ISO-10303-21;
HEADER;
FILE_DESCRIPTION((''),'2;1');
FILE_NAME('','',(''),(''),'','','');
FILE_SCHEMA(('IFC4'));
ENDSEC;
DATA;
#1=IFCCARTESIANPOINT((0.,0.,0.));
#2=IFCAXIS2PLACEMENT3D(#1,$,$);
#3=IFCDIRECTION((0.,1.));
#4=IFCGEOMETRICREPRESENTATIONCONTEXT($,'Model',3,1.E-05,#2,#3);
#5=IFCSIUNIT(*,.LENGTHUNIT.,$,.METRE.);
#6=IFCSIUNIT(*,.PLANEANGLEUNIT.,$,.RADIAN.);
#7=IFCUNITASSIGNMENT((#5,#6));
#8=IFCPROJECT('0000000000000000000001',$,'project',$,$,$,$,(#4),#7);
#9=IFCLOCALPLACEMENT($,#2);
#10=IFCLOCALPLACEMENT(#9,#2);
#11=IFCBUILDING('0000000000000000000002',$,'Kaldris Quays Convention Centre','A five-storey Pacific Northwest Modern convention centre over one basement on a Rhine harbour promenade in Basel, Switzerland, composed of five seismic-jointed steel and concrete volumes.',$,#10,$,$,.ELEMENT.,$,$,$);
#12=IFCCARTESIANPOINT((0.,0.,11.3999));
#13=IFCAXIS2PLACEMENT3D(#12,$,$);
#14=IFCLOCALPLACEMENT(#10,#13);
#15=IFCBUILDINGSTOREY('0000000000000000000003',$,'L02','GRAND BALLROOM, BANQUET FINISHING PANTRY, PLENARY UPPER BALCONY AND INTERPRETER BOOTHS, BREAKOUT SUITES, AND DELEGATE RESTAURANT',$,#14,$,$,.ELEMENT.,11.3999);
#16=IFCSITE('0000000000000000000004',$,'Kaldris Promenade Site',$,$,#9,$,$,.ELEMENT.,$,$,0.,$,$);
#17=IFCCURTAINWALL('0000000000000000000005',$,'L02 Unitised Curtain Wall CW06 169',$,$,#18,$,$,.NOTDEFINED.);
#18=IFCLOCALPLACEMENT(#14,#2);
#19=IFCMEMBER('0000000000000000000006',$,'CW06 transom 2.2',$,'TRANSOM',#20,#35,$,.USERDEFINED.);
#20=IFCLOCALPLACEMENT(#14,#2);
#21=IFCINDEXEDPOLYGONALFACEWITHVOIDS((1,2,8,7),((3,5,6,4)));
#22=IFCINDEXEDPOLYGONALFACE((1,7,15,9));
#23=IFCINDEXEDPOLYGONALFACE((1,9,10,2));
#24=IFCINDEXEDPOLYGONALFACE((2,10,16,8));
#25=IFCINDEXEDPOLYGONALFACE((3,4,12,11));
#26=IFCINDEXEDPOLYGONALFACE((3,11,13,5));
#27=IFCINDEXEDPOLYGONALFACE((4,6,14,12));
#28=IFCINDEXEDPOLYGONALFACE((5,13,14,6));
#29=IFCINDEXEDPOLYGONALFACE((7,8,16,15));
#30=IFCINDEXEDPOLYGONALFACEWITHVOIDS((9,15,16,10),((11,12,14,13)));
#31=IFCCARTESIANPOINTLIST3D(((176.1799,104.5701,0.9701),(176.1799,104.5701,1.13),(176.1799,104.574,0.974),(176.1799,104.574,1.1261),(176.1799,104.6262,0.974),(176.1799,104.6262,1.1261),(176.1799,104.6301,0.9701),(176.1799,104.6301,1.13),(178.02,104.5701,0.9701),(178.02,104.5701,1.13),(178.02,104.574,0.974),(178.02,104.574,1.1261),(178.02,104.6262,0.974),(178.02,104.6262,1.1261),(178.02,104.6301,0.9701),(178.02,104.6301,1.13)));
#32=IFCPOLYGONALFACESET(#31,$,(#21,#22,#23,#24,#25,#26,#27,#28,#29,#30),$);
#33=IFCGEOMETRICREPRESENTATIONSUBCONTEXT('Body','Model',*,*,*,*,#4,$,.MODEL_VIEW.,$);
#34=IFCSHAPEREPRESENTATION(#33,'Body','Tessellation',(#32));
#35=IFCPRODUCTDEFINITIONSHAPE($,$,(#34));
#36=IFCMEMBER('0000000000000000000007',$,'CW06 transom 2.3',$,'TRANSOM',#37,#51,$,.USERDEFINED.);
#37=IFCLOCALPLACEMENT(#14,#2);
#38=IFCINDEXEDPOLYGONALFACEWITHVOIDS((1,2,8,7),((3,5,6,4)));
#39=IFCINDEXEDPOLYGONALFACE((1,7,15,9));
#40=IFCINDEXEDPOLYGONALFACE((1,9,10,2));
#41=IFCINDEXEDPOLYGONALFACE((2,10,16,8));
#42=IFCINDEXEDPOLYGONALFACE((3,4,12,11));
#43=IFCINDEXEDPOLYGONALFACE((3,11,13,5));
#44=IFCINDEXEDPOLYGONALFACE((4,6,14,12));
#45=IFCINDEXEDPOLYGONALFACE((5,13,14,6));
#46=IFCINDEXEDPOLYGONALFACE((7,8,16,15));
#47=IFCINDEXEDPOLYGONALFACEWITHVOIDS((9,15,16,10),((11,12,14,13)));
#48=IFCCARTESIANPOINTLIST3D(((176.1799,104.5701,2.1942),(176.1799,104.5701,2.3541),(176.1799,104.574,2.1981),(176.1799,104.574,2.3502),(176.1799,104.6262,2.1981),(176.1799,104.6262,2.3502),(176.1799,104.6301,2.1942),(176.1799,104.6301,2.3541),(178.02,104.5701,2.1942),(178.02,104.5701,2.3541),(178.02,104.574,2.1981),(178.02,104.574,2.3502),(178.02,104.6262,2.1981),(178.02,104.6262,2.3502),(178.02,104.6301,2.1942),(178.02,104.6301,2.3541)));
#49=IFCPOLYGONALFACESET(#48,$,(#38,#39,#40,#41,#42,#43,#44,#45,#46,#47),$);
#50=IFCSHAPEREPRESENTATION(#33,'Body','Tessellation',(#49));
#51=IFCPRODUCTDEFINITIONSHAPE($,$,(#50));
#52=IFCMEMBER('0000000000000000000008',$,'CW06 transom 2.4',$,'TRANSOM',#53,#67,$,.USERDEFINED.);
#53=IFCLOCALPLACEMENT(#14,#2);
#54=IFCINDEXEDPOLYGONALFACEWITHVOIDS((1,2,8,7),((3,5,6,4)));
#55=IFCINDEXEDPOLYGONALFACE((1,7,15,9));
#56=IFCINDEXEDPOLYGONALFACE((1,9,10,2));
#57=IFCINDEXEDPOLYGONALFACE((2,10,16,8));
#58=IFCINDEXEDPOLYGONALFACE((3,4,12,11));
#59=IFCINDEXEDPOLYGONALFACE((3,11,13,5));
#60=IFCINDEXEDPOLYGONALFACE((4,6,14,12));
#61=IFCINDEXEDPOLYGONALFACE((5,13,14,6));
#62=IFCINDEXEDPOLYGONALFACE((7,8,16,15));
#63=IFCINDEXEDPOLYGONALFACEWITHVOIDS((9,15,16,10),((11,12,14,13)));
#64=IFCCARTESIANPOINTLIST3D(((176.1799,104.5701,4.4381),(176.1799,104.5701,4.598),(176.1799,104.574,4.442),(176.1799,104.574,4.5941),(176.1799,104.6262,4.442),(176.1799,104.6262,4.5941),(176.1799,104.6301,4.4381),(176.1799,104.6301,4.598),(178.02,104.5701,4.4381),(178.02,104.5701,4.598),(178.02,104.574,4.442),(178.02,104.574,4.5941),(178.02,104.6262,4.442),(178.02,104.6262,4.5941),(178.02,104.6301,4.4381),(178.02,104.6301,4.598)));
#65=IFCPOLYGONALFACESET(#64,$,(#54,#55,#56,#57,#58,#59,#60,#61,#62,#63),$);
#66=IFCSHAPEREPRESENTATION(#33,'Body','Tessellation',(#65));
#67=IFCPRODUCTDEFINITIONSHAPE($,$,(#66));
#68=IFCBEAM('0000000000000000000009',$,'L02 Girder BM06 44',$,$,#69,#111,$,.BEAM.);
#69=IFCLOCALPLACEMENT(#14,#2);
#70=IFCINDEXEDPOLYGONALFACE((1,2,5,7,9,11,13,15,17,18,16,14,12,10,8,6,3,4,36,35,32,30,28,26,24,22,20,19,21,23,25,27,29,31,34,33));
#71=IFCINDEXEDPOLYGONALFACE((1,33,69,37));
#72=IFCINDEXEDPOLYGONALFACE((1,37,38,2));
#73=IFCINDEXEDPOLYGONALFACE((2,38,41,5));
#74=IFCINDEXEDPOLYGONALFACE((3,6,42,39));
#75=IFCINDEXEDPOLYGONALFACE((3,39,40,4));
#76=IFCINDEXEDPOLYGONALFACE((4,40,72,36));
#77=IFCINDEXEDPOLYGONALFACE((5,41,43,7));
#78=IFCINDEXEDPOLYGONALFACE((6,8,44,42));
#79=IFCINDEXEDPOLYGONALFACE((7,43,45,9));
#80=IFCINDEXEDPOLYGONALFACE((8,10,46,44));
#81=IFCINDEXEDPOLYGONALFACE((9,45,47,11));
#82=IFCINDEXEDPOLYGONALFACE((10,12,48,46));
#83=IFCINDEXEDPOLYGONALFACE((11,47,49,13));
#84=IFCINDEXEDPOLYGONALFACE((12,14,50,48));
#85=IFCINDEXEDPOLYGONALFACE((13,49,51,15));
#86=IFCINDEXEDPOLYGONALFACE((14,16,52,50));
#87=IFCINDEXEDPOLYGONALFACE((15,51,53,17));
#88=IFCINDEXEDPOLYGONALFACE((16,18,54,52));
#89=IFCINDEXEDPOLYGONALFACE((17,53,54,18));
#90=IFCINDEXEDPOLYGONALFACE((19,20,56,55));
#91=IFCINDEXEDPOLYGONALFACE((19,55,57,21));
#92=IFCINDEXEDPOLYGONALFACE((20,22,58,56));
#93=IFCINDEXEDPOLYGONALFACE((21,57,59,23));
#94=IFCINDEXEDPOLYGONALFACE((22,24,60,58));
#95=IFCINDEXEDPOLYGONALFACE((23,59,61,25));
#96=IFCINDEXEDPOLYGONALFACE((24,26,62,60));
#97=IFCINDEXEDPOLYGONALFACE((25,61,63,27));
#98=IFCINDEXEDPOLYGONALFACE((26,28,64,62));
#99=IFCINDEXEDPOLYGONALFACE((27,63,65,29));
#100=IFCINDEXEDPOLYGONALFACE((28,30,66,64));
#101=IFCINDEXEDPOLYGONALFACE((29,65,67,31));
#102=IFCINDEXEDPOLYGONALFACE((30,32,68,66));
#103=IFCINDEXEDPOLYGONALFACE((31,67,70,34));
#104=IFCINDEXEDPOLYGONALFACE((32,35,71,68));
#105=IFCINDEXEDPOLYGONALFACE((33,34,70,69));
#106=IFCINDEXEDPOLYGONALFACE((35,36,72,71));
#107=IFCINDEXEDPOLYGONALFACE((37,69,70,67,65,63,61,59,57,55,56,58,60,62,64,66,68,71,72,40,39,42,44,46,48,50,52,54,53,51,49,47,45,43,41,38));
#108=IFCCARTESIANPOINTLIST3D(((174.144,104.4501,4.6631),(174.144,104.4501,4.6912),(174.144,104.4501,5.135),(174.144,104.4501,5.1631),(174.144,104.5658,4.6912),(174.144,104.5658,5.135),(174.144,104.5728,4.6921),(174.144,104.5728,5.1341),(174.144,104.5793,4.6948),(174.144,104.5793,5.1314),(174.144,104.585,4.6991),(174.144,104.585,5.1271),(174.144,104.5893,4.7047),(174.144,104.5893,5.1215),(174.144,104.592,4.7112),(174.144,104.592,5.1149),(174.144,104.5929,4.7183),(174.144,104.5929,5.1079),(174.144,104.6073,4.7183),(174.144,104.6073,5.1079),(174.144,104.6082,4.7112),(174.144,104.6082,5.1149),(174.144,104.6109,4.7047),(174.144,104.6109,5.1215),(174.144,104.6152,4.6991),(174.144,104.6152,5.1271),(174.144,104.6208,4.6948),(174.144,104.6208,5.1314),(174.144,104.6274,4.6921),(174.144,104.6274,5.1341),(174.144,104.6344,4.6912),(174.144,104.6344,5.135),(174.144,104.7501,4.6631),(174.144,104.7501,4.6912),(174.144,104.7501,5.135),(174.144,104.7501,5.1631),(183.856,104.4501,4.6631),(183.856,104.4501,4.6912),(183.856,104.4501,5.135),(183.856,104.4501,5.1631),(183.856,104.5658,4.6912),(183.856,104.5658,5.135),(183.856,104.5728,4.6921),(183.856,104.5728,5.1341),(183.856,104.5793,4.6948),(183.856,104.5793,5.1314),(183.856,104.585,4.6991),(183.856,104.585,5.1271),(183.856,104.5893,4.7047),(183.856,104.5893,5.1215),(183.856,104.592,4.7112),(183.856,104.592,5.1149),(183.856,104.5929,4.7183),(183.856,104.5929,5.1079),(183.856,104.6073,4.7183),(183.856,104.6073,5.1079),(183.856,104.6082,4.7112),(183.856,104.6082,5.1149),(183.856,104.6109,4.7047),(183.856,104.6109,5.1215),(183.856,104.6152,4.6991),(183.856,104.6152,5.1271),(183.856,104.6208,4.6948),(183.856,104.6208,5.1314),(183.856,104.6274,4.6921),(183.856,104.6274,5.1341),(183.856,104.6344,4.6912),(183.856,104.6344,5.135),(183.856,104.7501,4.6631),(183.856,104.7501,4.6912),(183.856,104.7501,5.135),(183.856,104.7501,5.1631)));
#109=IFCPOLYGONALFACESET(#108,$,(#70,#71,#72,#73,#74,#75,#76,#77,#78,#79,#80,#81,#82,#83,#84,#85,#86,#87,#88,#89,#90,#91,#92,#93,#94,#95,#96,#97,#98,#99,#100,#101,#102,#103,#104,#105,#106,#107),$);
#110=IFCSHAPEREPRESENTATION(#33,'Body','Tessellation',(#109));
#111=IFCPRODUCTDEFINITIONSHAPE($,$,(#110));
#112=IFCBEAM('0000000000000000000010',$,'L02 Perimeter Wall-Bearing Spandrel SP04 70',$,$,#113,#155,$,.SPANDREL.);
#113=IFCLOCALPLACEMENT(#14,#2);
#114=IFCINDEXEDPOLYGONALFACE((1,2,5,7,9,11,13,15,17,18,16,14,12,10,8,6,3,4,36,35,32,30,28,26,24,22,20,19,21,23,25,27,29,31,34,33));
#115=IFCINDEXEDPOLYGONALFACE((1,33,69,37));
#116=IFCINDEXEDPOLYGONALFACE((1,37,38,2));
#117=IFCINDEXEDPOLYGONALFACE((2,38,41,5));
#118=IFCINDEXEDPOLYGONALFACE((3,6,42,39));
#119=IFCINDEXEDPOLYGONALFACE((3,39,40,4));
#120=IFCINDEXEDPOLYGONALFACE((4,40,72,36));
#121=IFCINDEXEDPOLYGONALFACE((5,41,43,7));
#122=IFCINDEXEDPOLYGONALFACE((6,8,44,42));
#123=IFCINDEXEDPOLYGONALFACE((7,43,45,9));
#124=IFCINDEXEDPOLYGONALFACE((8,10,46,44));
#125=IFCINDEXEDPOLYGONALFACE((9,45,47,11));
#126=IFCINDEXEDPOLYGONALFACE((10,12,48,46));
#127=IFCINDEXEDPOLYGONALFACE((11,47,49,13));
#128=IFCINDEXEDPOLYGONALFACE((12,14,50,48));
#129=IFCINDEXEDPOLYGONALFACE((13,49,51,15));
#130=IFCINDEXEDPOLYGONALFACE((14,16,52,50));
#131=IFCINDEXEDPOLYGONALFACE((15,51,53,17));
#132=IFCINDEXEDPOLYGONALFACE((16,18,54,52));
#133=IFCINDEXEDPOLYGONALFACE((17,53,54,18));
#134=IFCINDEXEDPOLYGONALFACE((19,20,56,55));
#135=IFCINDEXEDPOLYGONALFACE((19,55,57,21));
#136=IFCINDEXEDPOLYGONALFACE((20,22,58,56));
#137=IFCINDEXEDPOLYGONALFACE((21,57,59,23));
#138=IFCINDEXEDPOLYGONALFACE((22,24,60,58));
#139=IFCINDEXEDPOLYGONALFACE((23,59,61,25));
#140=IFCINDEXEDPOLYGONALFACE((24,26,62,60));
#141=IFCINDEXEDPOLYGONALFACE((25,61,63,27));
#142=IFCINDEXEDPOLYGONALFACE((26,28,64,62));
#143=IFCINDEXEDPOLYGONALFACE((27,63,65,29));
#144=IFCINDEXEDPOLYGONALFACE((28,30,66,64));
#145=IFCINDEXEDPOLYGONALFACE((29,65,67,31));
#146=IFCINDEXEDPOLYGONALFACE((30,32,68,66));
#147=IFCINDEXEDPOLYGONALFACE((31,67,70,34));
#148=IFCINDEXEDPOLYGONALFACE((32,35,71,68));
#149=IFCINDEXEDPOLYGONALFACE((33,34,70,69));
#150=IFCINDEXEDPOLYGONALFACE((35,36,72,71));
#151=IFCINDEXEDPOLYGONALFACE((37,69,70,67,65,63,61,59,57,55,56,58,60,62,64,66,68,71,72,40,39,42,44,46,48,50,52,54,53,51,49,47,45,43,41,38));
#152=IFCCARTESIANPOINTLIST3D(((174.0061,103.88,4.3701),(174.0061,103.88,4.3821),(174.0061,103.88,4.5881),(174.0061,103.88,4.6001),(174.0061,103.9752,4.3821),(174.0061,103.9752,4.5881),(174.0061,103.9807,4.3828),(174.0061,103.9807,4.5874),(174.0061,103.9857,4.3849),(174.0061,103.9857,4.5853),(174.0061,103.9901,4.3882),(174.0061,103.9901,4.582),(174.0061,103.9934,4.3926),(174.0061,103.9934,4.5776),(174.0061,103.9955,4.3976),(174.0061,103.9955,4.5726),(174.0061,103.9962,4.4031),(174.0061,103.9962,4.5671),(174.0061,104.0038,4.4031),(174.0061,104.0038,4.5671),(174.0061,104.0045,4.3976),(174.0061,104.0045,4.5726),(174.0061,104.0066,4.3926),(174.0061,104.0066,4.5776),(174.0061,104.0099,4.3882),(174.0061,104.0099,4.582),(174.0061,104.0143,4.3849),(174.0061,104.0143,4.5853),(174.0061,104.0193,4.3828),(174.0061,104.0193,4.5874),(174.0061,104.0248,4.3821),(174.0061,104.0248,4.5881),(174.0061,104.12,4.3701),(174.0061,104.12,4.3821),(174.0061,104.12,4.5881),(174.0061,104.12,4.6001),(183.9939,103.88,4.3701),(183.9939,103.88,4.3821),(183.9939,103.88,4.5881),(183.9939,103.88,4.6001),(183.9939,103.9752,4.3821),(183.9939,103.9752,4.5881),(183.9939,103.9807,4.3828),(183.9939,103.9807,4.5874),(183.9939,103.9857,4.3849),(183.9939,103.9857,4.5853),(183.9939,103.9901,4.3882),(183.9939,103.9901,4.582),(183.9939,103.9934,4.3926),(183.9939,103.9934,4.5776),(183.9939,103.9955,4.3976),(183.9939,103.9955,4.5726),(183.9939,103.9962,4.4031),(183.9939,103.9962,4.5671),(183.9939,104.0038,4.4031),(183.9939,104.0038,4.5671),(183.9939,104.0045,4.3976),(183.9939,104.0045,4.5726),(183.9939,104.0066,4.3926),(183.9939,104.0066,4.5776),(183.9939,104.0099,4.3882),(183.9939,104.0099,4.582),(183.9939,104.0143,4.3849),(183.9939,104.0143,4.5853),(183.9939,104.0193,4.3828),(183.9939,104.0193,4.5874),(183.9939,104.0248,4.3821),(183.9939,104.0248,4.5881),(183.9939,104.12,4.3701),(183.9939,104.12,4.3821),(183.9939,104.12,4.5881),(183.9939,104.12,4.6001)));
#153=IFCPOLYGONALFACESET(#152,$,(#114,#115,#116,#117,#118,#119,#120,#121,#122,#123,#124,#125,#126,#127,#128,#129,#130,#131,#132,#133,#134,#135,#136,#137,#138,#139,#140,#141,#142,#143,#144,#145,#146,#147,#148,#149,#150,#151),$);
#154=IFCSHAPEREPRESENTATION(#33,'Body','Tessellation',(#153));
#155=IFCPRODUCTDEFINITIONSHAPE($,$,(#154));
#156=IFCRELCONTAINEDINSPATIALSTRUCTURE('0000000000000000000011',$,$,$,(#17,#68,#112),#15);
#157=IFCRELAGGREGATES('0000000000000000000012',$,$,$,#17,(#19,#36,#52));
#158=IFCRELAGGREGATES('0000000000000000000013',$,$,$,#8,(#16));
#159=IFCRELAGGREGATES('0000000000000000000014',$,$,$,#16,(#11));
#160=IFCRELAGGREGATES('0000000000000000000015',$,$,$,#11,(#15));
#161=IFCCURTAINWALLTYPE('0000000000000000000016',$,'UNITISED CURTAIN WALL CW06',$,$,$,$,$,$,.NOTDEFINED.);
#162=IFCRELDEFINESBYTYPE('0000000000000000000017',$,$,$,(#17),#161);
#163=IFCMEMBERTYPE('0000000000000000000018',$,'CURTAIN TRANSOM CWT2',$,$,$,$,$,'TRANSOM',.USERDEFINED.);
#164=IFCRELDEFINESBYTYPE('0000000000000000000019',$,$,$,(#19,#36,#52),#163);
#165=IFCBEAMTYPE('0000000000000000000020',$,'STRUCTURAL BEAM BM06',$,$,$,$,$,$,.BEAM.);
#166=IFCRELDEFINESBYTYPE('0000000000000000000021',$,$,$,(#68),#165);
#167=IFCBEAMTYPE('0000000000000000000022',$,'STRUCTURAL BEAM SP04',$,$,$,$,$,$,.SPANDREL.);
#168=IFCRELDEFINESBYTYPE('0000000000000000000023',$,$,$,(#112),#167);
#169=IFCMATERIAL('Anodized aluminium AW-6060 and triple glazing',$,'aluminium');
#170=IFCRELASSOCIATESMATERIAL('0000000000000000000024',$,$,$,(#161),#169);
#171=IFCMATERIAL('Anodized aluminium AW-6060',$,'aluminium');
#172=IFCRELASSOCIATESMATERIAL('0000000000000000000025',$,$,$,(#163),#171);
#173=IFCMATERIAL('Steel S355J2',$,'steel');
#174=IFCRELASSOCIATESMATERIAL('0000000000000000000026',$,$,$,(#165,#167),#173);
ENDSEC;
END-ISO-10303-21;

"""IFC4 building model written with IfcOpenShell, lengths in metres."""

from ifc_helpers import new_model, si_unit, direction, frame, origin, origin_2d, place, context, subcontext, project, spatial, hollow_rectangle, i_section, extrude, material, material_profile, profile_set, type_object, element, aggregate, save


model = new_model("IFC4")

# Units and contexts
model_context = context("Model", 3, precision=1e-05, world=origin(), true_north=direction((0.0, 1.0)))
body_context = subcontext(model_context, "Body", "Model", "MODEL_VIEW")
ifc_project = project(units=[si_unit("LENGTHUNIT", "METRE"), si_unit("PLANEANGLEUNIT", "RADIAN")], contexts=[model_context])

# Site, building, storey
site_placement = place(None, origin())
site = spatial("IfcSite", under=ifc_project, at=site_placement, Name="Kaldris Promenade Site", CompositionType="ELEMENT", RefElevation=0.0)
building_placement = place(site_placement, origin())
building = spatial("IfcBuilding", under=site, at=building_placement, Name="Kaldris Quays Convention Centre", Description="A five-storey Pacific Northwest Modern convention centre over one basement on a Rhine harbour promenade in Basel, Switzerland, composed of five seismic-jointed steel and concrete volumes.", CompositionType="ELEMENT")
storey_placement = place(building_placement, frame((0.0, 0.0, 11.3999)))
storey = spatial("IfcBuildingStorey", under=building, at=storey_placement, Name="L02", Description="GRAND BALLROOM, BANQUET FINISHING PANTRY, PLENARY UPPER BALCONY AND INTERPRETER BOOTHS, BREAKOUT SUITES, AND DELEGATE RESTAURANT", CompositionType="ELEMENT", Elevation=11.3999)

# Shared definitions
ifc_material_1 = material(Name="Steel S355J2", Category="steel")

# Curtain wall
ifc_material_2 = material(Name="Anodized aluminium AW-6060 and triple glazing", Category="aluminium")
curtain_wall_type = type_object("IfcCurtainWallType", Name="UNITISED CURTAIN WALL CW06", PredefinedType="NOTDEFINED", material=ifc_material_2)
ifc_material_3 = material(Name="Anodized aluminium AW-6060", Category="aluminium")
curtain_wall_1_placement = place(storey_placement, origin())
curtain_wall_1 = element("IfcCurtainWall", 1, at=curtain_wall_1_placement, inside=storey, type_object=curtain_wall_type, Name="L02 Unitised Curtain Wall CW06 169", PredefinedType="NOTDEFINED")

# Members
ifc_material_profile_1 = material_profile(ifc_material_3, hollow_rectangle(XDim=0.0601, YDim=0.1599, WallThickness=0.0039, at=origin_2d()), Name="RHS 160x60x4")
ifc_profile_set_1 = profile_set([ifc_material_profile_1], Name="Anodized aluminium AW-6060")
member_type_1 = type_object("IfcMemberType", Name="CURTAIN TRANSOM CWT2", ElementType="TRANSOM", PredefinedType="USERDEFINED", material=ifc_profile_set_1)
member_1_placement = place(storey_placement, frame((176.1799, 104.6001, 1.05), z_axis=(1.0, 0.0, 0.0), x_axis=(0.0, 1.0, 0.0)))
member_1 = element("IfcMember", 2, at=member_1_placement, type_object=member_type_1, Name="CW06 transom 2.2", ObjectType="TRANSOM", PredefinedType="USERDEFINED", context=body_context, shape_type="SweptSolid", body=[
    extrude(hollow_rectangle(XDim=0.0601, YDim=0.1599, WallThickness=0.0039, at=origin_2d()), origin(), (0.0, 0.0, 1.0), 1.8401),
])
member_2_placement = place(storey_placement, frame((176.1799, 104.6001, 2.2742), z_axis=(1.0, 0.0, 0.0), x_axis=(0.0, 1.0, 0.0)))
member_2 = element("IfcMember", 3, at=member_2_placement, type_object=member_type_1, Name="CW06 transom 2.3", ObjectType="TRANSOM", PredefinedType="USERDEFINED", context=body_context, shape_type="SweptSolid", body=[
    extrude(hollow_rectangle(XDim=0.0601, YDim=0.1599, WallThickness=0.0039, at=origin_2d()), origin(), (0.0, 0.0, 1.0), 1.8401),
])
member_3_placement = place(storey_placement, frame((176.1799, 104.6001, 4.5181), z_axis=(1.0, 0.0, 0.0), x_axis=(0.0, 1.0, 0.0)))
member_3 = element("IfcMember", 4, at=member_3_placement, type_object=member_type_1, Name="CW06 transom 2.4", ObjectType="TRANSOM", PredefinedType="USERDEFINED", context=body_context, shape_type="SweptSolid", body=[
    extrude(hollow_rectangle(XDim=0.0601, YDim=0.1599, WallThickness=0.0039, at=origin_2d()), origin(), (0.0, 0.0, 1.0), 1.8401),
])

# Beams
ifc_material_profile_2 = material_profile(ifc_material_1, i_section(OverallWidth=0.3, OverallDepth=0.5, WebThickness=0.0144, FlangeThickness=0.0281, FilletRadius=0.0271, at=origin_2d()), Name="HEB 500")
ifc_profile_set_2 = profile_set([ifc_material_profile_2], Name="Steel S355J2")
beam_type_1 = type_object("IfcBeamType", Name="STRUCTURAL BEAM BM06", PredefinedType="BEAM", material=ifc_profile_set_2)
beam_1_placement = place(storey_placement, frame((174.144, 104.6001, 4.9131), z_axis=(1.0, 0.0, 0.0), x_axis=(0.0, 1.0, 0.0)))
element("IfcBeam", 5, at=beam_1_placement, inside=storey, type_object=beam_type_1, Name="L02 Girder BM06 44", PredefinedType="BEAM", context=body_context, shape_type="SweptSolid", body=[
    extrude(i_section(OverallWidth=0.3, OverallDepth=0.5, WebThickness=0.0144, FlangeThickness=0.0281, FilletRadius=0.0271, at=origin_2d()), origin(), (0.0, 0.0, 1.0), 9.7119),
])
ifc_material_profile_3 = material_profile(ifc_material_1, i_section(OverallWidth=0.24, OverallDepth=0.23, WebThickness=0.0076, FlangeThickness=0.012, FilletRadius=0.021, at=origin_2d()), Name="HEA 240")
ifc_profile_set_3 = profile_set([ifc_material_profile_3], Name="Steel S355J2")
beam_type_2 = type_object("IfcBeamType", Name="STRUCTURAL BEAM SP04", PredefinedType="SPANDREL", material=ifc_profile_set_3)
beam_2_placement = place(storey_placement, frame((174.0061, 104.0, 4.4851), z_axis=(1.0, 0.0, 0.0), x_axis=(0.0, 1.0, 0.0)))
element("IfcBeam", 6, at=beam_2_placement, inside=storey, type_object=beam_type_2, Name="L02 Perimeter Wall-Bearing Spandrel SP04 70", PredefinedType="SPANDREL", context=body_context, shape_type="SweptSolid", body=[
    extrude(i_section(OverallWidth=0.24, OverallDepth=0.23, WebThickness=0.0076, FlangeThickness=0.012, FilletRadius=0.021, at=origin_2d()), origin(), (0.0, 0.0, 1.0), 9.9878),
])

aggregate(curtain_wall_1, [member_1, member_2, member_3])

save(model, "model.ifc")
